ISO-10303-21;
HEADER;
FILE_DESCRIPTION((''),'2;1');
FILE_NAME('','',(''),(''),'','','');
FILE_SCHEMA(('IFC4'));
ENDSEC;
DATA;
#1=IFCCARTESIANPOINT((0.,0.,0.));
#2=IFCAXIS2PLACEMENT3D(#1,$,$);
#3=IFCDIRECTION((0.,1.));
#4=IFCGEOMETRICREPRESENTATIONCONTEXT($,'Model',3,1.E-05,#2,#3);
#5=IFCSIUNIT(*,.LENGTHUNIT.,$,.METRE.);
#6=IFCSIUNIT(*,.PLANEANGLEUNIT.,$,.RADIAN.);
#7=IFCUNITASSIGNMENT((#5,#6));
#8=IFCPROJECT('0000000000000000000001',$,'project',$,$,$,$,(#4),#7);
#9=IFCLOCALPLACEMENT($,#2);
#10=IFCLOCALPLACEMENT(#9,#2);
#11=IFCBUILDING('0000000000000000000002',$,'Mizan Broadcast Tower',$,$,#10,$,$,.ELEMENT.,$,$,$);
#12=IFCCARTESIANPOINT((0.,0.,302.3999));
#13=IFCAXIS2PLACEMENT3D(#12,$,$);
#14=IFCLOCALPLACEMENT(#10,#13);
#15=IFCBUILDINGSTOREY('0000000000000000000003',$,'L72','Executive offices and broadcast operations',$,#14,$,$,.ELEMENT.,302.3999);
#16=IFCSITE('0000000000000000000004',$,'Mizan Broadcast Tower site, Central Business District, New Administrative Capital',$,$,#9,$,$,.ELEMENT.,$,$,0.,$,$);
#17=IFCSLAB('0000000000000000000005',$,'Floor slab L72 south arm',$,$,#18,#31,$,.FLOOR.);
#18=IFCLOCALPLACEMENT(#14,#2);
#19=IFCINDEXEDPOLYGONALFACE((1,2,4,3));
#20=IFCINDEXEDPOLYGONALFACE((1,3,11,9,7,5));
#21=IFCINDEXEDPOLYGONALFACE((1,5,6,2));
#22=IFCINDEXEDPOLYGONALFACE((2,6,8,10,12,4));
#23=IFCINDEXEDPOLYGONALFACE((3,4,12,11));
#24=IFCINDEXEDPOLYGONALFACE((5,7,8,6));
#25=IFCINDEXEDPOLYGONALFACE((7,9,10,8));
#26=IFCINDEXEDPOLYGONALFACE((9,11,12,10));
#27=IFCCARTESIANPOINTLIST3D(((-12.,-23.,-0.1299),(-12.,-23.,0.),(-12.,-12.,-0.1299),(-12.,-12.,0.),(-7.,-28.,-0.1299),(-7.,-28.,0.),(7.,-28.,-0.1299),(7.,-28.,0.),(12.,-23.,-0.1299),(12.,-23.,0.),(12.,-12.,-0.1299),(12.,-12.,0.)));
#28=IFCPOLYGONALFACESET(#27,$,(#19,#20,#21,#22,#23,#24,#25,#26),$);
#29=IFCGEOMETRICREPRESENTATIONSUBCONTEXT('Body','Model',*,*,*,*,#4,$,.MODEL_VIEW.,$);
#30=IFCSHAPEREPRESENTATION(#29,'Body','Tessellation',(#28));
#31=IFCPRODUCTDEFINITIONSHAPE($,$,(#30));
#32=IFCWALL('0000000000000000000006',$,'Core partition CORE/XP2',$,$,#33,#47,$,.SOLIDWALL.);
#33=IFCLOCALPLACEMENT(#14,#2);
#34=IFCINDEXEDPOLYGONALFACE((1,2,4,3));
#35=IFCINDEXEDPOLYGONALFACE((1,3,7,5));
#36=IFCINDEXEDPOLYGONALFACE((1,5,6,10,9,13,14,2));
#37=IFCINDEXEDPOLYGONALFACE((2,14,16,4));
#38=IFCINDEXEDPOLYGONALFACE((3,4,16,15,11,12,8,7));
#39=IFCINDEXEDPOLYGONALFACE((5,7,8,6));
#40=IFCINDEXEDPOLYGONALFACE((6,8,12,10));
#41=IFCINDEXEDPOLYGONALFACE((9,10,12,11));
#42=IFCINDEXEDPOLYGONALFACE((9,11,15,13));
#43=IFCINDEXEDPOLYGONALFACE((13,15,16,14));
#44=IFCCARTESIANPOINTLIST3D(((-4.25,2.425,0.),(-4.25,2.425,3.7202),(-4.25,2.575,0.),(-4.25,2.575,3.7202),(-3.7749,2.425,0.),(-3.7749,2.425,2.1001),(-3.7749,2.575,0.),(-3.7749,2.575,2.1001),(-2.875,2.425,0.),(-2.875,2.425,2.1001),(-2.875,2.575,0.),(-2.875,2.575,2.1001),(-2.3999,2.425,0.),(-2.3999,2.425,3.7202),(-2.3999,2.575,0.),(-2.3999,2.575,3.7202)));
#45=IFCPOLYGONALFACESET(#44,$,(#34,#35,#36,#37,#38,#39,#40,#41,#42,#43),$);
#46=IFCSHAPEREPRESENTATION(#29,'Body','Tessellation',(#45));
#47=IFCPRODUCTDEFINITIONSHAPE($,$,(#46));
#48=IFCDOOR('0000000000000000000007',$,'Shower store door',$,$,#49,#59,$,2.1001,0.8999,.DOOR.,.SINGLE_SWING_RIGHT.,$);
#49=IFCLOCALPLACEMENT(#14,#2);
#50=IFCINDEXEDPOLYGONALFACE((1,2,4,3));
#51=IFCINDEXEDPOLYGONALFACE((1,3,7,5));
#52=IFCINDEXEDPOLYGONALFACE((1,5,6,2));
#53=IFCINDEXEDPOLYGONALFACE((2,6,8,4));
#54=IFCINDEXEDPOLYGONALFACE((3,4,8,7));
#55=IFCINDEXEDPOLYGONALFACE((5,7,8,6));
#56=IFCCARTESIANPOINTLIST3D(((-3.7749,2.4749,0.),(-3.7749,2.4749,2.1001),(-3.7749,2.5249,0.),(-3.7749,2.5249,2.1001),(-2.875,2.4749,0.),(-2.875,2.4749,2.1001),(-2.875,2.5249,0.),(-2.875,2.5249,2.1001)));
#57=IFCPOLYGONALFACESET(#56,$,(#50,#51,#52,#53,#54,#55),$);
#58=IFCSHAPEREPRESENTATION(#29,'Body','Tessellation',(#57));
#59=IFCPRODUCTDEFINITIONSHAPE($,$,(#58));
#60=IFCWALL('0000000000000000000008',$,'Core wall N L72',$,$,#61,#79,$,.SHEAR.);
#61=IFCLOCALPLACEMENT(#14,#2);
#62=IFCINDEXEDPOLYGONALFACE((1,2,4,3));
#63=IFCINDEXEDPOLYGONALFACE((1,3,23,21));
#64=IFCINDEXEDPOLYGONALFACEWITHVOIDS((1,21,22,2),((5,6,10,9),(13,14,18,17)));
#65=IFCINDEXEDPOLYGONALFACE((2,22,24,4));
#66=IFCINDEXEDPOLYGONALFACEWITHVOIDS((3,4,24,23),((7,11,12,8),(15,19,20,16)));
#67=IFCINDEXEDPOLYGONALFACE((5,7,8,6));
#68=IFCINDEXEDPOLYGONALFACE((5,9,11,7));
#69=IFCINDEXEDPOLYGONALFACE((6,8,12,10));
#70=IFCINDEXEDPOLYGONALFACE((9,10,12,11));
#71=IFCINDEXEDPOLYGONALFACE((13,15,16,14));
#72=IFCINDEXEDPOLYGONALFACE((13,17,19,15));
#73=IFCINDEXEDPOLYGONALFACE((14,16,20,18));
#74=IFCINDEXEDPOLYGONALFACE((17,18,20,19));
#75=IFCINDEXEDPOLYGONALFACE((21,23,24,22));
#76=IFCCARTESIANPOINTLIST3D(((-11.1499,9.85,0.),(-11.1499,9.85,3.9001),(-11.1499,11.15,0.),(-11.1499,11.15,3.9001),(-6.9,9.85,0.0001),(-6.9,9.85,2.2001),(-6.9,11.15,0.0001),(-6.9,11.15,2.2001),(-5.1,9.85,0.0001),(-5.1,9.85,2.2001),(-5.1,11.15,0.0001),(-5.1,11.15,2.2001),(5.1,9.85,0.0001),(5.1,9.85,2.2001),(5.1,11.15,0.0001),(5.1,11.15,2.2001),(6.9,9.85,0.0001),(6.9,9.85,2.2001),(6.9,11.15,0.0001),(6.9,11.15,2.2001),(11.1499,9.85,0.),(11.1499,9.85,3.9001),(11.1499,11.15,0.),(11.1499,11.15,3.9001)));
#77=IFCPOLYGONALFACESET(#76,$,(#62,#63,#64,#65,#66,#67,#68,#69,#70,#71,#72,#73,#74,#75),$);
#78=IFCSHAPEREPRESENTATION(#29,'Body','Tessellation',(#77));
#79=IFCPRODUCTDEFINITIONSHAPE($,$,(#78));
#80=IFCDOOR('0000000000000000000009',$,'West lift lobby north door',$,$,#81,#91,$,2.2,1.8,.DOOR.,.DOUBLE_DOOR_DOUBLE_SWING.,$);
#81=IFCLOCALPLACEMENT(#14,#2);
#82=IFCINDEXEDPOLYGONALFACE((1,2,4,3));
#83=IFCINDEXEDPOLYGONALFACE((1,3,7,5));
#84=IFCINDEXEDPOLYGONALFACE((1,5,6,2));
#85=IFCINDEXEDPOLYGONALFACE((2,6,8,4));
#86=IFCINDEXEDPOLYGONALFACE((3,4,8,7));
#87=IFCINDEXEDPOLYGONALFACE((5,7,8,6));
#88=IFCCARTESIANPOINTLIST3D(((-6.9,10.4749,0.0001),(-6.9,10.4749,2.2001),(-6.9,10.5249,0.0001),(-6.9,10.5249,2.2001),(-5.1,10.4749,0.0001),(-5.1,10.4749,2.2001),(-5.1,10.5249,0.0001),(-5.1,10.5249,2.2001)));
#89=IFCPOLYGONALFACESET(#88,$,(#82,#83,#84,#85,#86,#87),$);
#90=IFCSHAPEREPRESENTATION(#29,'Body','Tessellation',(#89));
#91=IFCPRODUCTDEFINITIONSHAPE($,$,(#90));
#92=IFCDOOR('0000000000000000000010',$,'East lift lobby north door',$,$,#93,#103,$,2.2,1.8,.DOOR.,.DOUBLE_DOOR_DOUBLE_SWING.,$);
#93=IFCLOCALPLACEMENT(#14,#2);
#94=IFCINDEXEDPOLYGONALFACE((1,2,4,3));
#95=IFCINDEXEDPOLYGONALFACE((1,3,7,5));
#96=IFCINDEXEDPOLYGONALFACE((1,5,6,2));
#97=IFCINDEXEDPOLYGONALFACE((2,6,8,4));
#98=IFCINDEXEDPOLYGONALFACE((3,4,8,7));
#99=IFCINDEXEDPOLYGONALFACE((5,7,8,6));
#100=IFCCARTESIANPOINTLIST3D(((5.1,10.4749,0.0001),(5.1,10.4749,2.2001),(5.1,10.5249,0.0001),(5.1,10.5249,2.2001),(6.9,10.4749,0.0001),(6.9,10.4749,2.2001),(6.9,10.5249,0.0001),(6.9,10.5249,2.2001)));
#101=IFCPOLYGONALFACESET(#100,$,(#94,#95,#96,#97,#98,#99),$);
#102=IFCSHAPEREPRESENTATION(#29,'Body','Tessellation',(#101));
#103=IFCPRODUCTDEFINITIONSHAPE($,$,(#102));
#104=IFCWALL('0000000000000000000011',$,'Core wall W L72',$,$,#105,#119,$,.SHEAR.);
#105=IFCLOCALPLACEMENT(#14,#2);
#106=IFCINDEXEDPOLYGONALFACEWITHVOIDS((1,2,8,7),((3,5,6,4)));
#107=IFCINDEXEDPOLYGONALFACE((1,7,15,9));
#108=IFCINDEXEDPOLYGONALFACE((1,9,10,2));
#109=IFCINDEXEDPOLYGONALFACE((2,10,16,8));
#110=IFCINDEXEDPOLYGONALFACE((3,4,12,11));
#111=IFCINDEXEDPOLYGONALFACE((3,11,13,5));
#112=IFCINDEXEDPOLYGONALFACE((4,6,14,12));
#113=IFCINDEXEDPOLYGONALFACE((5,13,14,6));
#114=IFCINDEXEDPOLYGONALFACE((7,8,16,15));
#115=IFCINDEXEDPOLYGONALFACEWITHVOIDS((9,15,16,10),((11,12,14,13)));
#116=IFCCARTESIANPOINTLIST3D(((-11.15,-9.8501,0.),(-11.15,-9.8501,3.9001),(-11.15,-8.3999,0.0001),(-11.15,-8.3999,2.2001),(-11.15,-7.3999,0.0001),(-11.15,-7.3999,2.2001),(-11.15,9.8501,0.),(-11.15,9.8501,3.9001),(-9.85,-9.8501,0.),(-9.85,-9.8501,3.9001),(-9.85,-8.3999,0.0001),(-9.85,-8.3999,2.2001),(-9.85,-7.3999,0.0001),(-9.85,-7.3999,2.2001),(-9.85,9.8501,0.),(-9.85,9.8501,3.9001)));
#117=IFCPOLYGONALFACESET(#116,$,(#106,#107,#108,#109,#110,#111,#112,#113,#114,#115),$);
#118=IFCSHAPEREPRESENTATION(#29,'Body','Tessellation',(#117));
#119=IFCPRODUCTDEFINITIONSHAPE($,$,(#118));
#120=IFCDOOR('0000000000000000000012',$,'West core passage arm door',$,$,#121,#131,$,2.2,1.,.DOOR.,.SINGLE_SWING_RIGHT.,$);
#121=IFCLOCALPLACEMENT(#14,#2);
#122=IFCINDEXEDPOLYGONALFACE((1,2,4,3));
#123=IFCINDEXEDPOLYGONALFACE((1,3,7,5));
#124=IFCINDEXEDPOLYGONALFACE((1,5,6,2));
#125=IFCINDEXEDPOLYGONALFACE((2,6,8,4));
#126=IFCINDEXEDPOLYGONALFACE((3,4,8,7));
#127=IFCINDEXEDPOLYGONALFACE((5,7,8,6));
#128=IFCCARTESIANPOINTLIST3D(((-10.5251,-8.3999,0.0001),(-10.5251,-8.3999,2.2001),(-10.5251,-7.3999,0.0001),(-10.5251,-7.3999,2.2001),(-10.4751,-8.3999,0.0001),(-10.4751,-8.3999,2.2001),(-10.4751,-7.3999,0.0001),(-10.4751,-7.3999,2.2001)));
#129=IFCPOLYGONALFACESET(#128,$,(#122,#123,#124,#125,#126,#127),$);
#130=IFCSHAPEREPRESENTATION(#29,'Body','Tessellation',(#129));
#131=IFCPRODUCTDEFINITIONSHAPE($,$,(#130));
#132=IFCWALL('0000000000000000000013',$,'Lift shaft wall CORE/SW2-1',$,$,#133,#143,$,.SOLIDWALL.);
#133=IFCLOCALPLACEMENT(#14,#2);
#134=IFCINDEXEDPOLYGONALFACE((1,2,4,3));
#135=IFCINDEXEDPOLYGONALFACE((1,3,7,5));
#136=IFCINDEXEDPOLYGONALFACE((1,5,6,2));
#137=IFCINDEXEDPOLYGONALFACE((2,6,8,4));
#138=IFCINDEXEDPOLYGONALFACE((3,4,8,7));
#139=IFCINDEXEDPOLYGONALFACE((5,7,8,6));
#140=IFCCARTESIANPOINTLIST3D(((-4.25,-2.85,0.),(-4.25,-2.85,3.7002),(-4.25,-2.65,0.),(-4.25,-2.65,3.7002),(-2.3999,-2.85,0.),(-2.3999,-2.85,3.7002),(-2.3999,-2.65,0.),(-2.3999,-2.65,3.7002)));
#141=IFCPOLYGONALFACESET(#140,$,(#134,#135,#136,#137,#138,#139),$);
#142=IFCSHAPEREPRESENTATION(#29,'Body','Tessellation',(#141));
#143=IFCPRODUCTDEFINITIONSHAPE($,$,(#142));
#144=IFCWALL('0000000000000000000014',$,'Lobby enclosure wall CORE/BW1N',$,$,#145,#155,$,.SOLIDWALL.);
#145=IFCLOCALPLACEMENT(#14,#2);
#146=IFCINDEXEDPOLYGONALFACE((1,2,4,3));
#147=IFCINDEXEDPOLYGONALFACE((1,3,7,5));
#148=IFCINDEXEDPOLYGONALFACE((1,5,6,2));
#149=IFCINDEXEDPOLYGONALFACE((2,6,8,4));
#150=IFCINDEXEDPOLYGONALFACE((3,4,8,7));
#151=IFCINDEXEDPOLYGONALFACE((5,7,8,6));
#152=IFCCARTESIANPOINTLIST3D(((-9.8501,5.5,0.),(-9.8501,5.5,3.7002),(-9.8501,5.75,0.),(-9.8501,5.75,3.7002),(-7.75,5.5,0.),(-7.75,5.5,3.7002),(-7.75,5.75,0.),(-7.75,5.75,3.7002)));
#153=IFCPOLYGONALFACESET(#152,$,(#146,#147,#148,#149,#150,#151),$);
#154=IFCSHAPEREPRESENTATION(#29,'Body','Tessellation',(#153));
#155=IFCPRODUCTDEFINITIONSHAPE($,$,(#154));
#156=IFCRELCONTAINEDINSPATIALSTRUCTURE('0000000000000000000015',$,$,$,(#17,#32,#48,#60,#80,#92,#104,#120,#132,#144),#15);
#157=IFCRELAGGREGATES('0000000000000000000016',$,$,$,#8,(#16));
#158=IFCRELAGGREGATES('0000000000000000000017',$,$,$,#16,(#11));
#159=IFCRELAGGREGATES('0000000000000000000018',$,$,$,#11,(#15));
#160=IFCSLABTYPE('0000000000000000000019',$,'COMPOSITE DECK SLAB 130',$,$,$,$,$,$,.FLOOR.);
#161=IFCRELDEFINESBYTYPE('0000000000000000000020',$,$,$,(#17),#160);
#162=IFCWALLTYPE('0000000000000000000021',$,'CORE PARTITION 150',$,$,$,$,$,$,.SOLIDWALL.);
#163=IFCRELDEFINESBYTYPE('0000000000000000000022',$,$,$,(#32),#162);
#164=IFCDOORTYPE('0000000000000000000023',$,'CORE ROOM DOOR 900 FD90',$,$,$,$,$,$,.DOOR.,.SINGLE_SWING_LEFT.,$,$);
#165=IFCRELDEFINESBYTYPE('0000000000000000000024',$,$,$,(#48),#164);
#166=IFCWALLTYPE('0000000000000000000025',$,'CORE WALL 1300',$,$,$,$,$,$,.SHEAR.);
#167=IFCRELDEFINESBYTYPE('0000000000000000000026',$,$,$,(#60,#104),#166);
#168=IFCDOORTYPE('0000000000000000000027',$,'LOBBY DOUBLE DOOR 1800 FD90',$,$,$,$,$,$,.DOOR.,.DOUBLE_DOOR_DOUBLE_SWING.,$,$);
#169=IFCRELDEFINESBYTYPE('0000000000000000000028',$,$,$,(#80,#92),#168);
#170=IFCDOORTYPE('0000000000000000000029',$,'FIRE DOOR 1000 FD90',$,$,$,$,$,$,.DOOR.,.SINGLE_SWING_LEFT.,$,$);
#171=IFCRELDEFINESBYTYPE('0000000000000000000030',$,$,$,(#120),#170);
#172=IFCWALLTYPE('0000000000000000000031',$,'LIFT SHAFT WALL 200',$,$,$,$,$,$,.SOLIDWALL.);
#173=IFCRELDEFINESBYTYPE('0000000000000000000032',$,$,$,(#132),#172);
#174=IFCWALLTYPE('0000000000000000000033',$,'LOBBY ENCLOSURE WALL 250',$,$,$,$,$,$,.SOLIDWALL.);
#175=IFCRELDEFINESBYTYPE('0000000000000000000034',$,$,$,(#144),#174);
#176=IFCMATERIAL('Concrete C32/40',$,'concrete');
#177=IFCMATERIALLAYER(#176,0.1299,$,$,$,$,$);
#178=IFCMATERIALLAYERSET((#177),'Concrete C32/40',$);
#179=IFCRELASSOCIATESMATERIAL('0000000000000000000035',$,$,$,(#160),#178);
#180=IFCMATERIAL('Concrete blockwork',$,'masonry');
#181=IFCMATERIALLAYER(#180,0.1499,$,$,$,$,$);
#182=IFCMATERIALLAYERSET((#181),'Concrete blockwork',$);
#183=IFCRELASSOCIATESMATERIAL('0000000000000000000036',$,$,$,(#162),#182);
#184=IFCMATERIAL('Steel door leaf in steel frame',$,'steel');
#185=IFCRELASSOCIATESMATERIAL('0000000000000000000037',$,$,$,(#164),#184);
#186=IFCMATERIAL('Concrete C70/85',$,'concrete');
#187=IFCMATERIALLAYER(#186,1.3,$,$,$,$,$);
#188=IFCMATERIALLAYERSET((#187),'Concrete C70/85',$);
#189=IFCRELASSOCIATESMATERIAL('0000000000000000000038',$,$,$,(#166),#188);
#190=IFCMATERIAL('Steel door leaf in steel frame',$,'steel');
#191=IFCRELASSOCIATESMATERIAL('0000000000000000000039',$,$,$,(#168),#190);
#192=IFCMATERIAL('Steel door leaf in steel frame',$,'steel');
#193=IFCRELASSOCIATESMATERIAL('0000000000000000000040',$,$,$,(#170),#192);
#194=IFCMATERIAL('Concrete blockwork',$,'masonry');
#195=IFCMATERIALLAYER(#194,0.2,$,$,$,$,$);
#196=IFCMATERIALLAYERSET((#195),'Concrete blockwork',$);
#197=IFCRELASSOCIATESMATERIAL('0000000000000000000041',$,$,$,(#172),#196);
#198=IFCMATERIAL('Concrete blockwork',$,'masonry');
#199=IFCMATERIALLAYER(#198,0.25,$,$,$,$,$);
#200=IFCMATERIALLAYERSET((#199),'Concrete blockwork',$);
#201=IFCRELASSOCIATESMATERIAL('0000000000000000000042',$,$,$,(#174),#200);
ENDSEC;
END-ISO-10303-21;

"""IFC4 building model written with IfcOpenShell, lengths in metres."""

from ifc_helpers import new_model, si_unit, direction, frame, frame_2d, origin, place, context, subcontext, project, spatial, polyline, rectangle, outline, extrude, material, layer, layer_set, type_object, element, fill, save


model = new_model("IFC4")

# Units and contexts
model_context = context("Model", 3, precision=1e-05, world=origin(), true_north=direction((0.0, 1.0)))
body_context = subcontext(model_context, "Body", "Model", "MODEL_VIEW")
ifc_project = project(units=[si_unit("LENGTHUNIT", "METRE"), si_unit("PLANEANGLEUNIT", "RADIAN")], contexts=[model_context])

# Site, building, storey
site_placement = place(None, origin())
site = spatial("IfcSite", under=ifc_project, at=site_placement, Name="Mizan Broadcast Tower site, Central Business District, New Administrative Capital", CompositionType="ELEMENT", RefElevation=0.0)
building_placement = place(site_placement, origin())
building = spatial("IfcBuilding", under=site, at=building_placement, Name="Mizan Broadcast Tower", CompositionType="ELEMENT")
storey_placement = place(building_placement, frame((0.0, 0.0, 302.3999)))
storey = spatial("IfcBuildingStorey", under=building, at=storey_placement, Name="L72", Description="Executive offices and broadcast operations", CompositionType="ELEMENT", Elevation=302.3999)

# Slab
ifc_material_1 = material(Name="Concrete C32/40", Category="concrete")
ifc_layer_1 = layer(ifc_material_1, 0.1299)
ifc_layer_set_1 = layer_set([ifc_layer_1], Name="Concrete C32/40")
slab_type = type_object("IfcSlabType", Name="COMPOSITE DECK SLAB 130", PredefinedType="FLOOR", material=ifc_layer_set_1)
slab_1_placement = place(storey_placement, frame((0.0, 0.0, -0.1299)))
element("IfcSlab", 1, at=slab_1_placement, inside=storey, type_object=slab_type, Name="Floor slab L72 south arm", PredefinedType="FLOOR", context=body_context, shape_type="SweptSolid", body=[
    extrude(outline(polyline([(7.0, -28.0), (12.0, -23.0), (12.0, -12.0), (-12.0, -12.0), (-12.0, -23.0), (-7.0, -28.0), (7.0, -28.0)])), origin(), (0.0, 0.0, 1.0), 0.1299),
])

# Wall, opening, door
ifc_material_2 = material(Name="Concrete blockwork", Category="masonry")
ifc_layer_2 = layer(ifc_material_2, 0.1499)
ifc_layer_set_2 = layer_set([ifc_layer_2], Name="Concrete blockwork")
wall_type_1 = type_object("IfcWallType", Name="CORE PARTITION 150", PredefinedType="SOLIDWALL", material=ifc_layer_set_2)
wall_1_placement = place(storey_placement, frame((-4.25, 2.5, 0.0), z_axis=(0.0, 0.0, 1.0), x_axis=(1.0, 0.0, 0.0)))
wall_1 = element("IfcWall", 2, at=wall_1_placement, inside=storey, type_object=wall_type_1, Name="Core partition CORE/XP2", PredefinedType="SOLIDWALL", context=body_context, shape_type="SweptSolid", body=[
    extrude(rectangle(XDim=1.8501, YDim=0.1499, at=frame_2d((0.925, 0.0))), origin(), (0.0, 0.0, 1.0), 3.7202),
])
opening_1_placement = place(wall_1_placement, frame((0.4751, 0.0, 0.0)))
opening_1 = element("IfcOpeningElement", 3, at=opening_1_placement, cuts=wall_1, PredefinedType="OPENING", context=body_context, shape_type="SweptSolid", body=[
    extrude(rectangle(XDim=0.8999, YDim=2.1001, at=frame_2d((0.45, 1.05))), frame((0.0, 0.085, 0.0), z_axis=(0.0, -1.0, 0.0), x_axis=(1.0, 0.0, 0.0)), (0.0, 0.0, 1.0), 0.1699),
])
ifc_material_3 = material(Name="Steel door leaf in steel frame", Category="steel")
door_type_1 = type_object("IfcDoorType", Name="CORE ROOM DOOR 900 FD90", OperationType="SINGLE_SWING_LEFT", PredefinedType="DOOR", material=ifc_material_3)
door_1_placement = place(opening_1_placement, origin())
door_1 = element("IfcDoor", 4, at=door_1_placement, inside=storey, type_object=door_type_1, Name="Shower store door", OperationType="SINGLE_SWING_RIGHT", OverallHeight=2.1001, OverallWidth=0.8999, PredefinedType="DOOR", context=body_context, shape_type="SweptSolid", body=[
    extrude(rectangle(XDim=0.8999, YDim=2.1001, at=frame_2d((0.45, 1.05))), frame((0.0, 0.0249, 0.0), z_axis=(0.0, -1.0, 0.0), x_axis=(1.0, 0.0, 0.0)), (0.0, 0.0, 1.0), 0.05),
])
fill(opening_1, door_1)

# Wall, openings, doors
ifc_material_4 = material(Name="Concrete C70/85", Category="concrete")
ifc_layer_3 = layer(ifc_material_4, 1.3)
ifc_layer_set_3 = layer_set([ifc_layer_3], Name="Concrete C70/85")
wall_type_2 = type_object("IfcWallType", Name="CORE WALL 1300", PredefinedType="SHEAR", material=ifc_layer_set_3)
wall_2_placement = place(storey_placement, frame((-11.1499, 10.5, 0.0), z_axis=(0.0, 0.0, 1.0), x_axis=(1.0, 0.0, 0.0)))
wall_2 = element("IfcWall", 5, at=wall_2_placement, inside=storey, type_object=wall_type_2, Name="Core wall N L72", PredefinedType="SHEAR", context=body_context, shape_type="SweptSolid", body=[
    extrude(rectangle(XDim=22.2998, YDim=1.3, at=frame_2d((11.1499, 0.0))), origin(), (0.0, 0.0, 1.0), 3.9001),
])
opening_2_placement = place(wall_2_placement, frame((4.25, 0.0, 0.0)))
opening_2 = element("IfcOpeningElement", 6, at=opening_2_placement, cuts=wall_2, PredefinedType="OPENING", context=body_context, shape_type="SweptSolid", body=[
    extrude(rectangle(XDim=1.8, YDim=2.2, at=frame_2d((0.8999, 1.1001))), frame((0.0, 0.6599, 0.0), z_axis=(0.0, -1.0, 0.0), x_axis=(1.0, 0.0, 0.0)), (0.0, 0.0, 1.0), 1.3201),
])
opening_3_placement = place(wall_2_placement, frame((16.25, 0.0, 0.0)))
opening_3 = element("IfcOpeningElement", 7, at=opening_3_placement, cuts=wall_2, PredefinedType="OPENING", context=body_context, shape_type="SweptSolid", body=[
    extrude(rectangle(XDim=1.8, YDim=2.2, at=frame_2d((0.8999, 1.1001))), frame((0.0, 0.6599, 0.0), z_axis=(0.0, -1.0, 0.0), x_axis=(1.0, 0.0, 0.0)), (0.0, 0.0, 1.0), 1.3201),
])
ifc_material_5 = material(Name="Steel door leaf in steel frame", Category="steel")
door_type_2 = type_object("IfcDoorType", Name="LOBBY DOUBLE DOOR 1800 FD90", OperationType="DOUBLE_DOOR_DOUBLE_SWING", PredefinedType="DOOR", material=ifc_material_5)
door_2_placement = place(opening_2_placement, origin())
door_2 = element("IfcDoor", 8, at=door_2_placement, inside=storey, type_object=door_type_2, Name="West lift lobby north door", OperationType="DOUBLE_DOOR_DOUBLE_SWING", OverallHeight=2.2, OverallWidth=1.8, PredefinedType="DOOR", context=body_context, shape_type="SweptSolid", body=[
    extrude(rectangle(XDim=1.8, YDim=2.2, at=frame_2d((0.8999, 1.1001))), frame((0.0, 0.0249, 0.0), z_axis=(0.0, -1.0, 0.0), x_axis=(1.0, 0.0, 0.0)), (0.0, 0.0, 1.0), 0.05),
])
fill(opening_2, door_2)
door_3_placement = place(opening_3_placement, origin())
door_3 = element("IfcDoor", 9, at=door_3_placement, inside=storey, type_object=door_type_2, Name="East lift lobby north door", OperationType="DOUBLE_DOOR_DOUBLE_SWING", OverallHeight=2.2, OverallWidth=1.8, PredefinedType="DOOR", context=body_context, shape_type="SweptSolid", body=[
    extrude(rectangle(XDim=1.8, YDim=2.2, at=frame_2d((0.8999, 1.1001))), frame((0.0, 0.0249, 0.0), z_axis=(0.0, -1.0, 0.0), x_axis=(1.0, 0.0, 0.0)), (0.0, 0.0, 1.0), 0.05),
])
fill(opening_3, door_3)

# Wall, opening, door
wall_3_placement = place(storey_placement, frame((-10.5, 9.8501, 0.0), z_axis=(0.0, 0.0, 1.0), x_axis=(0.0, -1.0, 0.0)))
wall_3 = element("IfcWall", 10, at=wall_3_placement, inside=storey, type_object=wall_type_2, Name="Core wall W L72", PredefinedType="SHEAR", context=body_context, shape_type="SweptSolid", body=[
    extrude(rectangle(XDim=19.7002, YDim=1.3, at=frame_2d((9.8501, 0.0))), origin(), (0.0, 0.0, 1.0), 3.9001),
])
opening_4_placement = place(wall_3_placement, frame((17.25, 0.0, 0.0)))
opening_4 = element("IfcOpeningElement", 11, at=opening_4_placement, cuts=wall_3, PredefinedType="OPENING", context=body_context, shape_type="SweptSolid", body=[
    extrude(rectangle(XDim=1.0, YDim=2.2, at=frame_2d((0.5, 1.1001))), frame((0.0, 0.6599, 0.0), z_axis=(0.0, -1.0, 0.0), x_axis=(1.0, 0.0, 0.0)), (0.0, 0.0, 1.0), 1.3201),
])
ifc_material_6 = material(Name="Steel door leaf in steel frame", Category="steel")
door_type_3 = type_object("IfcDoorType", Name="FIRE DOOR 1000 FD90", OperationType="SINGLE_SWING_LEFT", PredefinedType="DOOR", material=ifc_material_6)
door_4_placement = place(opening_4_placement, origin())
door_4 = element("IfcDoor", 12, at=door_4_placement, inside=storey, type_object=door_type_3, Name="West core passage arm door", OperationType="SINGLE_SWING_RIGHT", OverallHeight=2.2, OverallWidth=1.0, PredefinedType="DOOR", context=body_context, shape_type="SweptSolid", body=[
    extrude(rectangle(XDim=1.0, YDim=2.2, at=frame_2d((0.5, 1.1001))), frame((0.0, 0.0249, 0.0), z_axis=(0.0, -1.0, 0.0), x_axis=(1.0, 0.0, 0.0)), (0.0, 0.0, 1.0), 0.05),
])
fill(opening_4, door_4)

# Walls
ifc_material_7 = material(Name="Concrete blockwork", Category="masonry")
ifc_layer_4 = layer(ifc_material_7, 0.2)
ifc_layer_set_4 = layer_set([ifc_layer_4], Name="Concrete blockwork")
wall_type_3 = type_object("IfcWallType", Name="LIFT SHAFT WALL 200", PredefinedType="SOLIDWALL", material=ifc_layer_set_4)
wall_4_placement = place(storey_placement, frame((-4.25, -2.75, 0.0), z_axis=(0.0, 0.0, 1.0), x_axis=(1.0, 0.0, 0.0)))
element("IfcWall", 13, at=wall_4_placement, inside=storey, type_object=wall_type_3, Name="Lift shaft wall CORE/SW2-1", PredefinedType="SOLIDWALL", context=body_context, shape_type="SweptSolid", body=[
    extrude(rectangle(XDim=1.8501, YDim=0.2, at=frame_2d((0.925, 0.0))), origin(), (0.0, 0.0, 1.0), 3.7002),
])
ifc_material_8 = material(Name="Concrete blockwork", Category="masonry")
ifc_layer_5 = layer(ifc_material_8, 0.25)
ifc_layer_set_5 = layer_set([ifc_layer_5], Name="Concrete blockwork")
wall_type_4 = type_object("IfcWallType", Name="LOBBY ENCLOSURE WALL 250", PredefinedType="SOLIDWALL", material=ifc_layer_set_5)
wall_5_placement = place(storey_placement, frame((-9.8501, 5.625, 0.0), z_axis=(0.0, 0.0, 1.0), x_axis=(1.0, 0.0, 0.0)))
element("IfcWall", 14, at=wall_5_placement, inside=storey, type_object=wall_type_4, Name="Lobby enclosure wall CORE/BW1N", PredefinedType="SOLIDWALL", context=body_context, shape_type="SweptSolid", body=[
    extrude(rectangle(XDim=2.1001, YDim=0.25, at=frame_2d((1.05, 0.0))), origin(), (0.0, 0.0, 1.0), 3.7002),
])

save(model, "model.ifc")
